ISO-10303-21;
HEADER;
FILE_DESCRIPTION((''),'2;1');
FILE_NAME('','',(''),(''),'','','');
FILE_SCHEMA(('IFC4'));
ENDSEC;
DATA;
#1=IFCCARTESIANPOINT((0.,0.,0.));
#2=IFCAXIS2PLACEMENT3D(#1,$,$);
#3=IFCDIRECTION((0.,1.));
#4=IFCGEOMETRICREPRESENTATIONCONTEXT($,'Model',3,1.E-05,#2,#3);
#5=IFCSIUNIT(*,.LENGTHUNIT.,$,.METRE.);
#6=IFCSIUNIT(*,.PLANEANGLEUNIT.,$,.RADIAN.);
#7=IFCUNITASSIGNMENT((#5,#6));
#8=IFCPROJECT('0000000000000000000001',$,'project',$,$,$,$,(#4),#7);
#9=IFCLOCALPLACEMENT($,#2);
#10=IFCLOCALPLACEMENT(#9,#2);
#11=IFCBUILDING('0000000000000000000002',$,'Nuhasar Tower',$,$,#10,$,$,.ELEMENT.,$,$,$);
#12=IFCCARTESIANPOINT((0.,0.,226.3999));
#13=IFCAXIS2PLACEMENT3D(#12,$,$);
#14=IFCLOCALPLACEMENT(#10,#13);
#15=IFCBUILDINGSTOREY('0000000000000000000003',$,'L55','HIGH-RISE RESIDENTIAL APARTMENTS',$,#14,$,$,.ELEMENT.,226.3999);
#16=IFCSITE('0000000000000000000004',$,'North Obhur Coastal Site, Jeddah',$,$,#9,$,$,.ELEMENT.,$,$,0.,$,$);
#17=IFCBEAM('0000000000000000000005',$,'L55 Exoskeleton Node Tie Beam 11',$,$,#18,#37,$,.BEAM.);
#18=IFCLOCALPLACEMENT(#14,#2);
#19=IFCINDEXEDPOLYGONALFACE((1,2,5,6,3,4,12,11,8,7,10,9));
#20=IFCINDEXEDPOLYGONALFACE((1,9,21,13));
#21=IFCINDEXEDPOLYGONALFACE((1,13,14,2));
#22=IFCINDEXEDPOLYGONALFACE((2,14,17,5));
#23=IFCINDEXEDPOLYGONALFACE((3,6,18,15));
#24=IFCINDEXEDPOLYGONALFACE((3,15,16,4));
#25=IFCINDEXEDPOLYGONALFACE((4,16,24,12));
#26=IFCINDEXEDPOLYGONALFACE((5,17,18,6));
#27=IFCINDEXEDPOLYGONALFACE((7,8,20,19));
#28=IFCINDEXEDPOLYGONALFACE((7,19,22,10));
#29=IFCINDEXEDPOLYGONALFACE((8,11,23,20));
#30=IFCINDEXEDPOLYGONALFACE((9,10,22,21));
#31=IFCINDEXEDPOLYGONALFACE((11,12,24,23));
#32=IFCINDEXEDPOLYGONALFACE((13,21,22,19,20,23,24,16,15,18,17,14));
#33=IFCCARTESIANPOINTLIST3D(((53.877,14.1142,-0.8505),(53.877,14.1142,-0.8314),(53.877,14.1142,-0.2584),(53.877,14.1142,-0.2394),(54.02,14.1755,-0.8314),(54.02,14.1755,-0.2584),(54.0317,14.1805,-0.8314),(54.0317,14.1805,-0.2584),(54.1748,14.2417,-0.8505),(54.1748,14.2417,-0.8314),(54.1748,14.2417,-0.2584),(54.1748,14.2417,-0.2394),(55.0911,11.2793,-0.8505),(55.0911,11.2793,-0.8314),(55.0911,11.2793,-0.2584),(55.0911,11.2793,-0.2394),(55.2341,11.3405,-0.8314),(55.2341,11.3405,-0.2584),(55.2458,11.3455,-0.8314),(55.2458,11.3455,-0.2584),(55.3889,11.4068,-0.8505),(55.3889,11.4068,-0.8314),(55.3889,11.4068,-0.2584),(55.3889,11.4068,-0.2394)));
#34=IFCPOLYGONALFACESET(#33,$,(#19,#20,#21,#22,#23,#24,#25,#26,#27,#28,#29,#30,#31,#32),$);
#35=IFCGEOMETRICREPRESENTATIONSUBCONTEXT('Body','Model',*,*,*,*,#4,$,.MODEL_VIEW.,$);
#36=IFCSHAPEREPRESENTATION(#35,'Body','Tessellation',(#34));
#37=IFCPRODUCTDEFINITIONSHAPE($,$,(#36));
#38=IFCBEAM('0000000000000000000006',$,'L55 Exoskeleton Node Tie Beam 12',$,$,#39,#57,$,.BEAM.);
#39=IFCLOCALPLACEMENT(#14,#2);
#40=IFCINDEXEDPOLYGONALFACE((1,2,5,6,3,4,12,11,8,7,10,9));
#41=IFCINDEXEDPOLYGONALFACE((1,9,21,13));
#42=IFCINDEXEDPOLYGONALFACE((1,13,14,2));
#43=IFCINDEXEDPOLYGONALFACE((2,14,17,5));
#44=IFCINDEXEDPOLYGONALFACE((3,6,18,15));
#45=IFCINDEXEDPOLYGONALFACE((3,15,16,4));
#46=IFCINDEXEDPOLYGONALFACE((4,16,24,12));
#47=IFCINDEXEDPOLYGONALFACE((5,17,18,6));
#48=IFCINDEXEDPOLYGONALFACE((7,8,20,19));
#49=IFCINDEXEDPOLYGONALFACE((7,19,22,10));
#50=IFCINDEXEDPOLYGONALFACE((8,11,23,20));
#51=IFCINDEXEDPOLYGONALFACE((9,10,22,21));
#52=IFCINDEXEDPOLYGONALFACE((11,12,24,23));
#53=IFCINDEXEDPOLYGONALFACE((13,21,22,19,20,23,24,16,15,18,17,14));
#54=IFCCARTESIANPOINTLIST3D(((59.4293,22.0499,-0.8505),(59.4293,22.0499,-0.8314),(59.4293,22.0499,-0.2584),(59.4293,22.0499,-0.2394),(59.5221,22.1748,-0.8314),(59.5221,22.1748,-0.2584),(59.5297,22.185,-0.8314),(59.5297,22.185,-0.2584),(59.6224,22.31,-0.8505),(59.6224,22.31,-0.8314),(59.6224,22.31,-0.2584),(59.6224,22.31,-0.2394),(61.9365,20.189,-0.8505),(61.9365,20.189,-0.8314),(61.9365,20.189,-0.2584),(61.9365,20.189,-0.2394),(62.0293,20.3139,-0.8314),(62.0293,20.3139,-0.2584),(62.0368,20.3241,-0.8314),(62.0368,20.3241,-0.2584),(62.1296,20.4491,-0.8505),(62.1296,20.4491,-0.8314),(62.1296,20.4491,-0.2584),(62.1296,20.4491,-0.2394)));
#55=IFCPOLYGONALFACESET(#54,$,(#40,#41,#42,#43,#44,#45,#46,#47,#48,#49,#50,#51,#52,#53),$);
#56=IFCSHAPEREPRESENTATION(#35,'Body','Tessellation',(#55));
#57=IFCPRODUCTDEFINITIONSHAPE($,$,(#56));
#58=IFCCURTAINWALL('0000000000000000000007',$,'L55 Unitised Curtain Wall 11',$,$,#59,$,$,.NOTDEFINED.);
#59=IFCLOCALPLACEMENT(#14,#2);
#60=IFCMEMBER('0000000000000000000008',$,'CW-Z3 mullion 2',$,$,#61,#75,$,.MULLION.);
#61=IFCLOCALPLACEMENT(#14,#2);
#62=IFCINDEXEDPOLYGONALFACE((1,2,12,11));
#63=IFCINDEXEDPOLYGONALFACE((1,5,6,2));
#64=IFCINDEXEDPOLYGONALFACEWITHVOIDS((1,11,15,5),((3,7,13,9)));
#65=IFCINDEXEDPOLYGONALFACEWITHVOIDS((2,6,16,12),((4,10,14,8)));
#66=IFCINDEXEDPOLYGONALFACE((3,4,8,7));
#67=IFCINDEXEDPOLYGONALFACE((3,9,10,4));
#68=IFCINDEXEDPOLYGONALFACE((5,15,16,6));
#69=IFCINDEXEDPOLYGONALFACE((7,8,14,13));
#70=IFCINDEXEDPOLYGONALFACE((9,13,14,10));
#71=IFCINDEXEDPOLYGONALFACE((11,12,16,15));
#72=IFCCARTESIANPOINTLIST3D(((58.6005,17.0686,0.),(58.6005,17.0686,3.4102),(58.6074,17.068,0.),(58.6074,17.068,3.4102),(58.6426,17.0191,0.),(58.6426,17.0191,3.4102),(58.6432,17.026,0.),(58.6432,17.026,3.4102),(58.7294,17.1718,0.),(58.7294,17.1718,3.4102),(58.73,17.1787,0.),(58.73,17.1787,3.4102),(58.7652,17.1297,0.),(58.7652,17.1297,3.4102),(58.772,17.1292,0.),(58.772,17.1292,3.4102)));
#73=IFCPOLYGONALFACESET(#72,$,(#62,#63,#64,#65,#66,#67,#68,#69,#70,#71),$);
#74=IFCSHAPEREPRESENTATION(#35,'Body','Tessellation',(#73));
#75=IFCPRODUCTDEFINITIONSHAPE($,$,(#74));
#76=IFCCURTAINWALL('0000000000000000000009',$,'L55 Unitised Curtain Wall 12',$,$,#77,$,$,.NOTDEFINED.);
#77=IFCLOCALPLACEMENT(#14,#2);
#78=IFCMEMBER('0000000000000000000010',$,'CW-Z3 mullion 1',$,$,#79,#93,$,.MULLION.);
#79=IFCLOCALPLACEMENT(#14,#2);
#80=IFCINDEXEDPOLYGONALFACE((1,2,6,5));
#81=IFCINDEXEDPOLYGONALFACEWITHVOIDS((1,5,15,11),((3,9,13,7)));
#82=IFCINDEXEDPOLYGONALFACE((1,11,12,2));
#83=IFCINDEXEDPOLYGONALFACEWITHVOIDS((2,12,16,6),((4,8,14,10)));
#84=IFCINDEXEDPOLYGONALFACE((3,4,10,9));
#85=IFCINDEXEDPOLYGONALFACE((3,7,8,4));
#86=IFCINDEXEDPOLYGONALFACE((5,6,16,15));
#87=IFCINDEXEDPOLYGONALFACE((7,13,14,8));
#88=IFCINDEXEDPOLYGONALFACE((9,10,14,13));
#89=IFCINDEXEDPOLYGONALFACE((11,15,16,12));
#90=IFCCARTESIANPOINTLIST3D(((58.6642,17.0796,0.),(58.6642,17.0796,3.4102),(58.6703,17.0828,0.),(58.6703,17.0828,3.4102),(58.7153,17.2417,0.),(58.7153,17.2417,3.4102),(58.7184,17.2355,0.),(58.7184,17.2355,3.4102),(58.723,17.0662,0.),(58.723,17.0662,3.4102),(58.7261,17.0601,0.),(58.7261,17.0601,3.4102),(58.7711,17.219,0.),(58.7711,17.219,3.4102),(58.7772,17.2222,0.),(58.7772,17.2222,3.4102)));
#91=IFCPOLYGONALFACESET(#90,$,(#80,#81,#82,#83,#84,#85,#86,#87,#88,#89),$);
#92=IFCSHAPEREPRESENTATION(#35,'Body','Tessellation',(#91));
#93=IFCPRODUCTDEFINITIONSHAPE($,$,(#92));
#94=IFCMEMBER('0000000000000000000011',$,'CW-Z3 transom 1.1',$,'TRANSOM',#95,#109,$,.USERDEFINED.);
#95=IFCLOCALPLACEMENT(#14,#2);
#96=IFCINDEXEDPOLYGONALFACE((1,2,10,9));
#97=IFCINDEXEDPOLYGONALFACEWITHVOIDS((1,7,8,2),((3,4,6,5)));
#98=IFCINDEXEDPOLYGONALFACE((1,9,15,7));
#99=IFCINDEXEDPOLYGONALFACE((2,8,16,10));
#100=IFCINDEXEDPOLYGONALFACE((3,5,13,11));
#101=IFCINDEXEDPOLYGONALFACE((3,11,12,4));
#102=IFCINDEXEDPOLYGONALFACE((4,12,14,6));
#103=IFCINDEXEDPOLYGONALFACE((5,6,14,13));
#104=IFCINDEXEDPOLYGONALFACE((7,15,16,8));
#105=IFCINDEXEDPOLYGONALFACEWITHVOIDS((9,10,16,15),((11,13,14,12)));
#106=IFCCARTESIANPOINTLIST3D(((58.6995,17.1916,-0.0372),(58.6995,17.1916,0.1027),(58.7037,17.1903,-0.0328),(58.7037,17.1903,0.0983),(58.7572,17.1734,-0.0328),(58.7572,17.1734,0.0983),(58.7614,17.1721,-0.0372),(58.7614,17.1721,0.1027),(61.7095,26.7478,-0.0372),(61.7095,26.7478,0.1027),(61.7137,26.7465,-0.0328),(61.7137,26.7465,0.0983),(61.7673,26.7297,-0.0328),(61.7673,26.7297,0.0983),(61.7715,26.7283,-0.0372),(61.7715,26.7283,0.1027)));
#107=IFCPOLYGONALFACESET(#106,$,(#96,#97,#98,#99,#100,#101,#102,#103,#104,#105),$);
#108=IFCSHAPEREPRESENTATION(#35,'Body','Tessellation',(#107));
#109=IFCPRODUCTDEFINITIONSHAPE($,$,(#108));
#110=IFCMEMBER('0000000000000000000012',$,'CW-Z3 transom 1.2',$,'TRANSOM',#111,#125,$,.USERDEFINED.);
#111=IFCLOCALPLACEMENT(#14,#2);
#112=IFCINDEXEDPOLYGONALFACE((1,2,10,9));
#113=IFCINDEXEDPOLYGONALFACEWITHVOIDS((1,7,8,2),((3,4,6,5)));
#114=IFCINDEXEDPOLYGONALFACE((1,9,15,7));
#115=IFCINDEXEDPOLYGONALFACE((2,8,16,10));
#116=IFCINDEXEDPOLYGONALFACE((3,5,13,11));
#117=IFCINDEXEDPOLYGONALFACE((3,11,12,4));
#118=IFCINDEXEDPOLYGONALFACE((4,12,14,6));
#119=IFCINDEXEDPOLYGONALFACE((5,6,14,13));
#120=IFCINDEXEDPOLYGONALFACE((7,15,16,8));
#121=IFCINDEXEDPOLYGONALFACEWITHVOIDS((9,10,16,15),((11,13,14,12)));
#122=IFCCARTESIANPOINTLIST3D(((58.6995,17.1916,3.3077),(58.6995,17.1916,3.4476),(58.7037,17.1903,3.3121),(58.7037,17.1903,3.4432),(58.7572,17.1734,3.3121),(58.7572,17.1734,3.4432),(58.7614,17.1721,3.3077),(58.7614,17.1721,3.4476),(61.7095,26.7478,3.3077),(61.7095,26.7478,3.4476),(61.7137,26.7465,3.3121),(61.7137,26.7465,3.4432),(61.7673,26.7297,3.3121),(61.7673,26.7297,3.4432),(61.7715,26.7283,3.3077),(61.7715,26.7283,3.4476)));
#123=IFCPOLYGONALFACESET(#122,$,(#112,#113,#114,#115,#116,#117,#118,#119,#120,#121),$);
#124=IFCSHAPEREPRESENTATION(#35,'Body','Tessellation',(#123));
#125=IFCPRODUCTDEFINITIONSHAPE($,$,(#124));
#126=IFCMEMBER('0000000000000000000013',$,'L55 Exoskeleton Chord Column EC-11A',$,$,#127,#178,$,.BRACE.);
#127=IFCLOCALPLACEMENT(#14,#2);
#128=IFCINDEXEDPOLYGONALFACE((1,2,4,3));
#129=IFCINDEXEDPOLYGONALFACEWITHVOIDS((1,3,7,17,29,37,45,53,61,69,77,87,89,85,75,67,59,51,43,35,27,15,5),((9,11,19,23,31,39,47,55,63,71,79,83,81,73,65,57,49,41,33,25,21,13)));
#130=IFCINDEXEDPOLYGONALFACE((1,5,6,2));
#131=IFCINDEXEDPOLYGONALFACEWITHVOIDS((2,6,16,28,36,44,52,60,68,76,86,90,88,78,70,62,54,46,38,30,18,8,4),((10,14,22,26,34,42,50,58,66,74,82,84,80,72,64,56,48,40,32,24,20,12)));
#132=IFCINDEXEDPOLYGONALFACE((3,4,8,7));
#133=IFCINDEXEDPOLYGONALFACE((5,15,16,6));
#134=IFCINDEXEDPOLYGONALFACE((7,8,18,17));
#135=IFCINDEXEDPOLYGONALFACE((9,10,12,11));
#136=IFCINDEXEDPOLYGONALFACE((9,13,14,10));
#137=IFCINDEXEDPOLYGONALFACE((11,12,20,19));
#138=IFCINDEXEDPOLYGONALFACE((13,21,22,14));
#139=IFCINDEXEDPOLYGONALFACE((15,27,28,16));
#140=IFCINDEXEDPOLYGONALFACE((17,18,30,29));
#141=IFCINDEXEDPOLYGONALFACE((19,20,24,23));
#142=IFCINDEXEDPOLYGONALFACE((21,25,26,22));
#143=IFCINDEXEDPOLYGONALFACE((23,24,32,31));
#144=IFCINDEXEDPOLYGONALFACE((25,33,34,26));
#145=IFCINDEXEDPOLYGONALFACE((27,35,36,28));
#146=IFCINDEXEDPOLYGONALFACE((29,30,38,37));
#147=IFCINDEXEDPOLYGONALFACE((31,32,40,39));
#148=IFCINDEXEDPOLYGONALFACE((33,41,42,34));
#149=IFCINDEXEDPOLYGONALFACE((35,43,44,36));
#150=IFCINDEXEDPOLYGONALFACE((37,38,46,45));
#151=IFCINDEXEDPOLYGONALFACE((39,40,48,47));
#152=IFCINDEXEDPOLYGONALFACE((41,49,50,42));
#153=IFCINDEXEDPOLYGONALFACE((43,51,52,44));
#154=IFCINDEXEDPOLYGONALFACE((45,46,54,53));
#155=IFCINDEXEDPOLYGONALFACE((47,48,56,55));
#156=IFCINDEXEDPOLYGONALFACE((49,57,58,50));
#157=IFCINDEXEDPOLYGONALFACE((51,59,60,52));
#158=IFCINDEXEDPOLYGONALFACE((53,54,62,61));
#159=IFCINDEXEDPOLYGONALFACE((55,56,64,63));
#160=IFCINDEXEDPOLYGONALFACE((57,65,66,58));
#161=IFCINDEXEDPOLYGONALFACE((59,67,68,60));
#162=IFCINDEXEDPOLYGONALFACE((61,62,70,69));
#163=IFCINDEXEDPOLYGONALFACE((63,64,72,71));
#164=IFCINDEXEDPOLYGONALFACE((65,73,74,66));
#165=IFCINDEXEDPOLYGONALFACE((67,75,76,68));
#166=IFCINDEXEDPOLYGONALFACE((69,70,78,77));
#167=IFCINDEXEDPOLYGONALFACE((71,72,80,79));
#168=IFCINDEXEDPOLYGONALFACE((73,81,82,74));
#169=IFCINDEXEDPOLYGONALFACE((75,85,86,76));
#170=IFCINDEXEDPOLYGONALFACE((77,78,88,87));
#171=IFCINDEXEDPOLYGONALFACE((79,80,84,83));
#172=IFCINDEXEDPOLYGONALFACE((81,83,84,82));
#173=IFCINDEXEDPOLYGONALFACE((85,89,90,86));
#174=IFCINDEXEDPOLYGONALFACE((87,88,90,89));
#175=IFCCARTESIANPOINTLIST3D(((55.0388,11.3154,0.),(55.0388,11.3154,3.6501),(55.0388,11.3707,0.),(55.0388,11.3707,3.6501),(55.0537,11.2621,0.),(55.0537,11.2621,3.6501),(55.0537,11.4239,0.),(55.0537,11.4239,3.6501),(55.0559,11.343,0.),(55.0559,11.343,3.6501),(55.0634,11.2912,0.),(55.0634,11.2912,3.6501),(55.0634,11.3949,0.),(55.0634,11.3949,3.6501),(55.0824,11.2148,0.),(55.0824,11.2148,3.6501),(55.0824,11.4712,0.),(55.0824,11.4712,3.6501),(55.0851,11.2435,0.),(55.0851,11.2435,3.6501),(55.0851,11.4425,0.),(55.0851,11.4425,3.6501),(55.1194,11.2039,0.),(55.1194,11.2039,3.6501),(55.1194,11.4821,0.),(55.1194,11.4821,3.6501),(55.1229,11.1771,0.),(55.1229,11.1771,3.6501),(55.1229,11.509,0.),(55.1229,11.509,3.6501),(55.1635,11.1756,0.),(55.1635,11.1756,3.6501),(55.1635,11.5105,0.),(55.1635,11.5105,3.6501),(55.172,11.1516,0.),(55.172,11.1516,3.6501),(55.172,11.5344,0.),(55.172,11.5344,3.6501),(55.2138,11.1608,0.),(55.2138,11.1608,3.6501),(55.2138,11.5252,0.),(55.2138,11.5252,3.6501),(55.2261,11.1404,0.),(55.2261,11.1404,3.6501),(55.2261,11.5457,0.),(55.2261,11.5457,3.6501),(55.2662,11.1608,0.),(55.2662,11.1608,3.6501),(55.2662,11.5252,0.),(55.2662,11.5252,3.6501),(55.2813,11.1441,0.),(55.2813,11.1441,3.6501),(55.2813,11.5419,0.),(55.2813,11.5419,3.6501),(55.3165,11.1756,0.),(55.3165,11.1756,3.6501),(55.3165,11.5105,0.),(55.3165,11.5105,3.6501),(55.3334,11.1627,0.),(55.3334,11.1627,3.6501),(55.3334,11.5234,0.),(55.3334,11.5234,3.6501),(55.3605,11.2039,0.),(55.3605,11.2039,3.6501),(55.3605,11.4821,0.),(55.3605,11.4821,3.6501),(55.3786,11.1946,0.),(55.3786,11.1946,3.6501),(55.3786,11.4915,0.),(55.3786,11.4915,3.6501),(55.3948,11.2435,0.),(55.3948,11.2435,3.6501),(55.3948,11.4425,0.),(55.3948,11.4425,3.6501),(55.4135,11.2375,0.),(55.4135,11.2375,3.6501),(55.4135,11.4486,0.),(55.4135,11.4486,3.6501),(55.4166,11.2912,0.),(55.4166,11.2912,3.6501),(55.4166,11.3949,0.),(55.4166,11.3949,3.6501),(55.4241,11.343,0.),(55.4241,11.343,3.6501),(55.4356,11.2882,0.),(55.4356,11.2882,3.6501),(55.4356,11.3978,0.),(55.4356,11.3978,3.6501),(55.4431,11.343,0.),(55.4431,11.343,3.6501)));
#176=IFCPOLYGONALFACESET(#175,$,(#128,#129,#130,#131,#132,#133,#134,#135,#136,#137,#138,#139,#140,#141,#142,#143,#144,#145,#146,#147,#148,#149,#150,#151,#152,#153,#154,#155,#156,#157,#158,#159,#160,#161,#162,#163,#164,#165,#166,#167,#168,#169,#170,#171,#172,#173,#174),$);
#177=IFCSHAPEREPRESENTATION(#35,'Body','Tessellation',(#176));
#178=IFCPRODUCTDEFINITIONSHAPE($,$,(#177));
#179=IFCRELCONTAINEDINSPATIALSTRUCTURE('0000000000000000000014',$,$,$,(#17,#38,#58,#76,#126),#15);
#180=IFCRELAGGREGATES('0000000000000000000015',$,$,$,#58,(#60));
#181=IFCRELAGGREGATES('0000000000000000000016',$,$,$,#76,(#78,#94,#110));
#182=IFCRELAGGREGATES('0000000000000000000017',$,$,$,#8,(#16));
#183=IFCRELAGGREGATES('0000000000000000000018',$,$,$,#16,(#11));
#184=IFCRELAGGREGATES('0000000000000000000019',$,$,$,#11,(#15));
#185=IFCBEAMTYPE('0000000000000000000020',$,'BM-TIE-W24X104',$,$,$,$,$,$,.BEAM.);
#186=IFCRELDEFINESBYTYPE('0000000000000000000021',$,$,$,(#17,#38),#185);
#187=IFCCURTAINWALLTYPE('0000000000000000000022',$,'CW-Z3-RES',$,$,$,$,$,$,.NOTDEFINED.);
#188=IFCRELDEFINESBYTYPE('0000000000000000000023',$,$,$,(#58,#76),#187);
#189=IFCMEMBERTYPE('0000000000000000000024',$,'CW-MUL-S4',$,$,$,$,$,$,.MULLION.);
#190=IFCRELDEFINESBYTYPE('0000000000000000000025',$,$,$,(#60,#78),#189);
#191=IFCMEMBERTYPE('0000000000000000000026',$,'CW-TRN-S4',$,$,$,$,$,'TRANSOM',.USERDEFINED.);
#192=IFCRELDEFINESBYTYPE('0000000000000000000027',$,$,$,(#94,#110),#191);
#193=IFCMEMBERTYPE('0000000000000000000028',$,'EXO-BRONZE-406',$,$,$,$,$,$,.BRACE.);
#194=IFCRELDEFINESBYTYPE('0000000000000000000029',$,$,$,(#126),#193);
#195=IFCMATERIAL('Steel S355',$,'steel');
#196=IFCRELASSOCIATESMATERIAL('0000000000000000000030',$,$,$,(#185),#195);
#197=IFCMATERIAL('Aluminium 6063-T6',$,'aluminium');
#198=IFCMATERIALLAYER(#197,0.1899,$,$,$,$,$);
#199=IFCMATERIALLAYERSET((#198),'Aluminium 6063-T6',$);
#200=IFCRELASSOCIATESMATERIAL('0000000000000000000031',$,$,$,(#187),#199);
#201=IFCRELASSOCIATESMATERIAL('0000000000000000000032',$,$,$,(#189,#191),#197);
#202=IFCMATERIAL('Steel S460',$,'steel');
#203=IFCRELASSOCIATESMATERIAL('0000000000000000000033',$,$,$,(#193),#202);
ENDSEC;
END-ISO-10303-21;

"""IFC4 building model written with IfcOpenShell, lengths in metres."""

from ifc_helpers import new_model, si_unit, direction, frame, origin, origin_2d, place, context, subcontext, project, spatial, hollow_rectangle, hollow_circle, i_section, extrude, material, layer, layer_set, material_profile, profile_set, type_object, element, aggregate, save


model = new_model("IFC4")

# Units and contexts
model_context = context("Model", 3, precision=1e-05, world=origin(), true_north=direction((0.0, 1.0)))
body_context = subcontext(model_context, "Body", "Model", "MODEL_VIEW")
ifc_project = project(units=[si_unit("LENGTHUNIT", "METRE"), si_unit("PLANEANGLEUNIT", "RADIAN")], contexts=[model_context])

# Site, building, storey
site_placement = place(None, origin())
site = spatial("IfcSite", under=ifc_project, at=site_placement, Name="North Obhur Coastal Site, Jeddah", CompositionType="ELEMENT", RefElevation=0.0)
building_placement = place(site_placement, origin())
building = spatial("IfcBuilding", under=site, at=building_placement, Name="Nuhasar Tower", CompositionType="ELEMENT")
storey_placement = place(building_placement, frame((0.0, 0.0, 226.3999)))
storey = spatial("IfcBuildingStorey", under=building, at=storey_placement, Name="L55", Description="HIGH-RISE RESIDENTIAL APARTMENTS", CompositionType="ELEMENT", Elevation=226.3999)

# Beams
ifc_material_1 = material(Name="Steel S355", Category="steel")
ifc_material_profile_1 = material_profile(ifc_material_1, i_section(OverallWidth=0.324, OverallDepth=0.6111, WebThickness=0.0127, FlangeThickness=0.019, at=origin_2d()), Name="W24X104")
ifc_profile_set_1 = profile_set([ifc_material_profile_1], Name="Steel S355")
beam_type_1 = type_object("IfcBeamType", Name="BM-TIE-W24X104", PredefinedType="BEAM", material=ifc_profile_set_1)
beam_1_placement = place(storey_placement, frame((54.0259, 14.178, -0.5449), z_axis=(0.39368, -0.919247, 0.0), x_axis=(0.919247, 0.39368, 0.0)))
element("IfcBeam", 1, at=beam_1_placement, inside=storey, type_object=beam_type_1, Name="L55 Exoskeleton Node Tie Beam 11", PredefinedType="BEAM", context=body_context, shape_type="SweptSolid", body=[
    extrude(i_section(OverallWidth=0.324, OverallDepth=0.6111, WebThickness=0.0127, FlangeThickness=0.019, at=origin_2d()), origin(), (0.0, 0.0, 1.0), 3.084),
])
beam_2_placement = place(storey_placement, frame((59.5259, 22.1799, -0.5449), z_axis=(0.802983, -0.596001, 0.0), x_axis=(0.596001, 0.802983, 0.0)))
element("IfcBeam", 2, at=beam_2_placement, inside=storey, type_object=beam_type_1, Name="L55 Exoskeleton Node Tie Beam 12", PredefinedType="BEAM", context=body_context, shape_type="SweptSolid", body=[
    extrude(i_section(OverallWidth=0.324, OverallDepth=0.6111, WebThickness=0.0127, FlangeThickness=0.019, at=origin_2d()), origin(), (0.0, 0.0, 1.0), 3.1223),
])

# Curtain wall, member
ifc_material_2 = material(Name="Aluminium 6063-T6", Category="aluminium")
ifc_layer_1 = layer(ifc_material_2, 0.1899)
ifc_layer_set_1 = layer_set([ifc_layer_1], Name="Aluminium 6063-T6")
curtain_wall_type = type_object("IfcCurtainWallType", Name="CW-Z3-RES", PredefinedType="NOTDEFINED", material=ifc_layer_set_1)
curtain_wall_1_placement = place(storey_placement, origin())
curtain_wall_1 = element("IfcCurtainWall", 3, at=curtain_wall_1_placement, inside=storey, type_object=curtain_wall_type, Name="L55 Unitised Curtain Wall 11", PredefinedType="NOTDEFINED")
ifc_material_profile_2 = material_profile(ifc_material_2, hollow_rectangle(XDim=0.0649, YDim=0.1699, WallThickness=0.0049, at=origin_2d()), Name="CWM-4")
ifc_profile_set_2 = profile_set([ifc_material_profile_2], Name="Aluminium 6063-T6")
member_type_1 = type_object("IfcMemberType", Name="CW-MUL-S4", PredefinedType="MULLION", material=ifc_profile_set_2)
member_1_placement = place(storey_placement, frame((58.6863, 17.0989, 0.0), z_axis=(0.0, 0.0, 1.0), x_axis=(-0.647895, 0.761729, 0.0)))
member_1 = element("IfcMember", 4, at=member_1_placement, type_object=member_type_1, Name="CW-Z3 mullion 2", PredefinedType="MULLION", context=body_context, shape_type="SweptSolid", body=[
    extrude(hollow_rectangle(XDim=0.0649, YDim=0.1699, WallThickness=0.0049, at=origin_2d()), origin(), (0.0, 0.0, 1.0), 3.4102),
])

# Curtain wall, members
curtain_wall_2_placement = place(storey_placement, origin())
curtain_wall_2 = element("IfcCurtainWall", 5, at=curtain_wall_2_placement, inside=storey, type_object=curtain_wall_type, Name="L55 Unitised Curtain Wall 12", PredefinedType="NOTDEFINED")
member_2_placement = place(storey_placement, frame((58.7207, 17.1509, 0.0), z_axis=(0.0, 0.0, 1.0), x_axis=(-0.953804, 0.300429, 0.0)))
member_2 = element("IfcMember", 6, at=member_2_placement, type_object=member_type_1, Name="CW-Z3 mullion 1", PredefinedType="MULLION", context=body_context, shape_type="SweptSolid", body=[
    extrude(hollow_rectangle(XDim=0.0649, YDim=0.1699, WallThickness=0.0049, at=origin_2d()), origin(), (0.0, 0.0, 1.0), 3.4102),
])
ifc_material_profile_3 = material_profile(ifc_material_2, hollow_rectangle(XDim=0.0649, YDim=0.1399, WallThickness=0.0044, at=origin_2d()), Name="CWT-4")
ifc_profile_set_3 = profile_set([ifc_material_profile_3], Name="Aluminium 6063-T6")
member_type_2 = type_object("IfcMemberType", Name="CW-TRN-S4", ElementType="TRANSOM", PredefinedType="USERDEFINED", material=ifc_profile_set_3)
member_3_placement = place(storey_placement, frame((58.7305, 17.1819, 0.0327), z_axis=(0.30043, 0.953804, 0.0), x_axis=(-0.953804, 0.30043, 0.0)))
member_3 = element("IfcMember", 7, at=member_3_placement, type_object=member_type_2, Name="CW-Z3 transom 1.1", ObjectType="TRANSOM", PredefinedType="USERDEFINED", context=body_context, shape_type="SweptSolid", body=[
    extrude(hollow_rectangle(XDim=0.0649, YDim=0.1399, WallThickness=0.0044, at=origin_2d()), origin(), (0.0, 0.0, 1.0), 10.019),
])
member_4_placement = place(storey_placement, frame((58.7305, 17.1819, 3.3777), z_axis=(0.30043, 0.953804, 0.0), x_axis=(-0.953804, 0.30043, 0.0)))
member_4 = element("IfcMember", 8, at=member_4_placement, type_object=member_type_2, Name="CW-Z3 transom 1.2", ObjectType="TRANSOM", PredefinedType="USERDEFINED", context=body_context, shape_type="SweptSolid", body=[
    extrude(hollow_rectangle(XDim=0.0649, YDim=0.1399, WallThickness=0.0044, at=origin_2d()), origin(), (0.0, 0.0, 1.0), 10.019),
])

# Member
ifc_material_3 = material(Name="Steel S460", Category="steel")
ifc_material_profile_4 = material_profile(ifc_material_3, hollow_circle(Radius=0.2031, WallThickness=0.019, at=origin_2d()), Name="HSS406.4X19.1")
ifc_profile_set_4 = profile_set([ifc_material_profile_4], Name="Steel S460")
member_type_3 = type_object("IfcMemberType", Name="EXO-BRONZE-406", PredefinedType="BRACE", material=ifc_profile_set_4)
for number, where, z_axis, x_axis, name in (
    (9, (55.24, 11.343, 0.0), (0.0, 0.0, 1.0), (1.0, 0.0, 0.0), "L55 Exoskeleton Chord Column EC-11A"),
):
    element("IfcMember", number, at=place(storey_placement, frame(where, z_axis=z_axis, x_axis=x_axis)), inside=storey, type_object=member_type_3, Name=name, PredefinedType="BRACE", context=body_context, shape_type="SweptSolid", body=[
        extrude(hollow_circle(Radius=0.2031, WallThickness=0.019, at=origin_2d()), origin(), (0.0, 0.0, 1.0), 3.6501),
    ])

aggregate(curtain_wall_1, [member_1])
aggregate(curtain_wall_2, [member_2, member_3, member_4])

save(model, "model.ifc")
